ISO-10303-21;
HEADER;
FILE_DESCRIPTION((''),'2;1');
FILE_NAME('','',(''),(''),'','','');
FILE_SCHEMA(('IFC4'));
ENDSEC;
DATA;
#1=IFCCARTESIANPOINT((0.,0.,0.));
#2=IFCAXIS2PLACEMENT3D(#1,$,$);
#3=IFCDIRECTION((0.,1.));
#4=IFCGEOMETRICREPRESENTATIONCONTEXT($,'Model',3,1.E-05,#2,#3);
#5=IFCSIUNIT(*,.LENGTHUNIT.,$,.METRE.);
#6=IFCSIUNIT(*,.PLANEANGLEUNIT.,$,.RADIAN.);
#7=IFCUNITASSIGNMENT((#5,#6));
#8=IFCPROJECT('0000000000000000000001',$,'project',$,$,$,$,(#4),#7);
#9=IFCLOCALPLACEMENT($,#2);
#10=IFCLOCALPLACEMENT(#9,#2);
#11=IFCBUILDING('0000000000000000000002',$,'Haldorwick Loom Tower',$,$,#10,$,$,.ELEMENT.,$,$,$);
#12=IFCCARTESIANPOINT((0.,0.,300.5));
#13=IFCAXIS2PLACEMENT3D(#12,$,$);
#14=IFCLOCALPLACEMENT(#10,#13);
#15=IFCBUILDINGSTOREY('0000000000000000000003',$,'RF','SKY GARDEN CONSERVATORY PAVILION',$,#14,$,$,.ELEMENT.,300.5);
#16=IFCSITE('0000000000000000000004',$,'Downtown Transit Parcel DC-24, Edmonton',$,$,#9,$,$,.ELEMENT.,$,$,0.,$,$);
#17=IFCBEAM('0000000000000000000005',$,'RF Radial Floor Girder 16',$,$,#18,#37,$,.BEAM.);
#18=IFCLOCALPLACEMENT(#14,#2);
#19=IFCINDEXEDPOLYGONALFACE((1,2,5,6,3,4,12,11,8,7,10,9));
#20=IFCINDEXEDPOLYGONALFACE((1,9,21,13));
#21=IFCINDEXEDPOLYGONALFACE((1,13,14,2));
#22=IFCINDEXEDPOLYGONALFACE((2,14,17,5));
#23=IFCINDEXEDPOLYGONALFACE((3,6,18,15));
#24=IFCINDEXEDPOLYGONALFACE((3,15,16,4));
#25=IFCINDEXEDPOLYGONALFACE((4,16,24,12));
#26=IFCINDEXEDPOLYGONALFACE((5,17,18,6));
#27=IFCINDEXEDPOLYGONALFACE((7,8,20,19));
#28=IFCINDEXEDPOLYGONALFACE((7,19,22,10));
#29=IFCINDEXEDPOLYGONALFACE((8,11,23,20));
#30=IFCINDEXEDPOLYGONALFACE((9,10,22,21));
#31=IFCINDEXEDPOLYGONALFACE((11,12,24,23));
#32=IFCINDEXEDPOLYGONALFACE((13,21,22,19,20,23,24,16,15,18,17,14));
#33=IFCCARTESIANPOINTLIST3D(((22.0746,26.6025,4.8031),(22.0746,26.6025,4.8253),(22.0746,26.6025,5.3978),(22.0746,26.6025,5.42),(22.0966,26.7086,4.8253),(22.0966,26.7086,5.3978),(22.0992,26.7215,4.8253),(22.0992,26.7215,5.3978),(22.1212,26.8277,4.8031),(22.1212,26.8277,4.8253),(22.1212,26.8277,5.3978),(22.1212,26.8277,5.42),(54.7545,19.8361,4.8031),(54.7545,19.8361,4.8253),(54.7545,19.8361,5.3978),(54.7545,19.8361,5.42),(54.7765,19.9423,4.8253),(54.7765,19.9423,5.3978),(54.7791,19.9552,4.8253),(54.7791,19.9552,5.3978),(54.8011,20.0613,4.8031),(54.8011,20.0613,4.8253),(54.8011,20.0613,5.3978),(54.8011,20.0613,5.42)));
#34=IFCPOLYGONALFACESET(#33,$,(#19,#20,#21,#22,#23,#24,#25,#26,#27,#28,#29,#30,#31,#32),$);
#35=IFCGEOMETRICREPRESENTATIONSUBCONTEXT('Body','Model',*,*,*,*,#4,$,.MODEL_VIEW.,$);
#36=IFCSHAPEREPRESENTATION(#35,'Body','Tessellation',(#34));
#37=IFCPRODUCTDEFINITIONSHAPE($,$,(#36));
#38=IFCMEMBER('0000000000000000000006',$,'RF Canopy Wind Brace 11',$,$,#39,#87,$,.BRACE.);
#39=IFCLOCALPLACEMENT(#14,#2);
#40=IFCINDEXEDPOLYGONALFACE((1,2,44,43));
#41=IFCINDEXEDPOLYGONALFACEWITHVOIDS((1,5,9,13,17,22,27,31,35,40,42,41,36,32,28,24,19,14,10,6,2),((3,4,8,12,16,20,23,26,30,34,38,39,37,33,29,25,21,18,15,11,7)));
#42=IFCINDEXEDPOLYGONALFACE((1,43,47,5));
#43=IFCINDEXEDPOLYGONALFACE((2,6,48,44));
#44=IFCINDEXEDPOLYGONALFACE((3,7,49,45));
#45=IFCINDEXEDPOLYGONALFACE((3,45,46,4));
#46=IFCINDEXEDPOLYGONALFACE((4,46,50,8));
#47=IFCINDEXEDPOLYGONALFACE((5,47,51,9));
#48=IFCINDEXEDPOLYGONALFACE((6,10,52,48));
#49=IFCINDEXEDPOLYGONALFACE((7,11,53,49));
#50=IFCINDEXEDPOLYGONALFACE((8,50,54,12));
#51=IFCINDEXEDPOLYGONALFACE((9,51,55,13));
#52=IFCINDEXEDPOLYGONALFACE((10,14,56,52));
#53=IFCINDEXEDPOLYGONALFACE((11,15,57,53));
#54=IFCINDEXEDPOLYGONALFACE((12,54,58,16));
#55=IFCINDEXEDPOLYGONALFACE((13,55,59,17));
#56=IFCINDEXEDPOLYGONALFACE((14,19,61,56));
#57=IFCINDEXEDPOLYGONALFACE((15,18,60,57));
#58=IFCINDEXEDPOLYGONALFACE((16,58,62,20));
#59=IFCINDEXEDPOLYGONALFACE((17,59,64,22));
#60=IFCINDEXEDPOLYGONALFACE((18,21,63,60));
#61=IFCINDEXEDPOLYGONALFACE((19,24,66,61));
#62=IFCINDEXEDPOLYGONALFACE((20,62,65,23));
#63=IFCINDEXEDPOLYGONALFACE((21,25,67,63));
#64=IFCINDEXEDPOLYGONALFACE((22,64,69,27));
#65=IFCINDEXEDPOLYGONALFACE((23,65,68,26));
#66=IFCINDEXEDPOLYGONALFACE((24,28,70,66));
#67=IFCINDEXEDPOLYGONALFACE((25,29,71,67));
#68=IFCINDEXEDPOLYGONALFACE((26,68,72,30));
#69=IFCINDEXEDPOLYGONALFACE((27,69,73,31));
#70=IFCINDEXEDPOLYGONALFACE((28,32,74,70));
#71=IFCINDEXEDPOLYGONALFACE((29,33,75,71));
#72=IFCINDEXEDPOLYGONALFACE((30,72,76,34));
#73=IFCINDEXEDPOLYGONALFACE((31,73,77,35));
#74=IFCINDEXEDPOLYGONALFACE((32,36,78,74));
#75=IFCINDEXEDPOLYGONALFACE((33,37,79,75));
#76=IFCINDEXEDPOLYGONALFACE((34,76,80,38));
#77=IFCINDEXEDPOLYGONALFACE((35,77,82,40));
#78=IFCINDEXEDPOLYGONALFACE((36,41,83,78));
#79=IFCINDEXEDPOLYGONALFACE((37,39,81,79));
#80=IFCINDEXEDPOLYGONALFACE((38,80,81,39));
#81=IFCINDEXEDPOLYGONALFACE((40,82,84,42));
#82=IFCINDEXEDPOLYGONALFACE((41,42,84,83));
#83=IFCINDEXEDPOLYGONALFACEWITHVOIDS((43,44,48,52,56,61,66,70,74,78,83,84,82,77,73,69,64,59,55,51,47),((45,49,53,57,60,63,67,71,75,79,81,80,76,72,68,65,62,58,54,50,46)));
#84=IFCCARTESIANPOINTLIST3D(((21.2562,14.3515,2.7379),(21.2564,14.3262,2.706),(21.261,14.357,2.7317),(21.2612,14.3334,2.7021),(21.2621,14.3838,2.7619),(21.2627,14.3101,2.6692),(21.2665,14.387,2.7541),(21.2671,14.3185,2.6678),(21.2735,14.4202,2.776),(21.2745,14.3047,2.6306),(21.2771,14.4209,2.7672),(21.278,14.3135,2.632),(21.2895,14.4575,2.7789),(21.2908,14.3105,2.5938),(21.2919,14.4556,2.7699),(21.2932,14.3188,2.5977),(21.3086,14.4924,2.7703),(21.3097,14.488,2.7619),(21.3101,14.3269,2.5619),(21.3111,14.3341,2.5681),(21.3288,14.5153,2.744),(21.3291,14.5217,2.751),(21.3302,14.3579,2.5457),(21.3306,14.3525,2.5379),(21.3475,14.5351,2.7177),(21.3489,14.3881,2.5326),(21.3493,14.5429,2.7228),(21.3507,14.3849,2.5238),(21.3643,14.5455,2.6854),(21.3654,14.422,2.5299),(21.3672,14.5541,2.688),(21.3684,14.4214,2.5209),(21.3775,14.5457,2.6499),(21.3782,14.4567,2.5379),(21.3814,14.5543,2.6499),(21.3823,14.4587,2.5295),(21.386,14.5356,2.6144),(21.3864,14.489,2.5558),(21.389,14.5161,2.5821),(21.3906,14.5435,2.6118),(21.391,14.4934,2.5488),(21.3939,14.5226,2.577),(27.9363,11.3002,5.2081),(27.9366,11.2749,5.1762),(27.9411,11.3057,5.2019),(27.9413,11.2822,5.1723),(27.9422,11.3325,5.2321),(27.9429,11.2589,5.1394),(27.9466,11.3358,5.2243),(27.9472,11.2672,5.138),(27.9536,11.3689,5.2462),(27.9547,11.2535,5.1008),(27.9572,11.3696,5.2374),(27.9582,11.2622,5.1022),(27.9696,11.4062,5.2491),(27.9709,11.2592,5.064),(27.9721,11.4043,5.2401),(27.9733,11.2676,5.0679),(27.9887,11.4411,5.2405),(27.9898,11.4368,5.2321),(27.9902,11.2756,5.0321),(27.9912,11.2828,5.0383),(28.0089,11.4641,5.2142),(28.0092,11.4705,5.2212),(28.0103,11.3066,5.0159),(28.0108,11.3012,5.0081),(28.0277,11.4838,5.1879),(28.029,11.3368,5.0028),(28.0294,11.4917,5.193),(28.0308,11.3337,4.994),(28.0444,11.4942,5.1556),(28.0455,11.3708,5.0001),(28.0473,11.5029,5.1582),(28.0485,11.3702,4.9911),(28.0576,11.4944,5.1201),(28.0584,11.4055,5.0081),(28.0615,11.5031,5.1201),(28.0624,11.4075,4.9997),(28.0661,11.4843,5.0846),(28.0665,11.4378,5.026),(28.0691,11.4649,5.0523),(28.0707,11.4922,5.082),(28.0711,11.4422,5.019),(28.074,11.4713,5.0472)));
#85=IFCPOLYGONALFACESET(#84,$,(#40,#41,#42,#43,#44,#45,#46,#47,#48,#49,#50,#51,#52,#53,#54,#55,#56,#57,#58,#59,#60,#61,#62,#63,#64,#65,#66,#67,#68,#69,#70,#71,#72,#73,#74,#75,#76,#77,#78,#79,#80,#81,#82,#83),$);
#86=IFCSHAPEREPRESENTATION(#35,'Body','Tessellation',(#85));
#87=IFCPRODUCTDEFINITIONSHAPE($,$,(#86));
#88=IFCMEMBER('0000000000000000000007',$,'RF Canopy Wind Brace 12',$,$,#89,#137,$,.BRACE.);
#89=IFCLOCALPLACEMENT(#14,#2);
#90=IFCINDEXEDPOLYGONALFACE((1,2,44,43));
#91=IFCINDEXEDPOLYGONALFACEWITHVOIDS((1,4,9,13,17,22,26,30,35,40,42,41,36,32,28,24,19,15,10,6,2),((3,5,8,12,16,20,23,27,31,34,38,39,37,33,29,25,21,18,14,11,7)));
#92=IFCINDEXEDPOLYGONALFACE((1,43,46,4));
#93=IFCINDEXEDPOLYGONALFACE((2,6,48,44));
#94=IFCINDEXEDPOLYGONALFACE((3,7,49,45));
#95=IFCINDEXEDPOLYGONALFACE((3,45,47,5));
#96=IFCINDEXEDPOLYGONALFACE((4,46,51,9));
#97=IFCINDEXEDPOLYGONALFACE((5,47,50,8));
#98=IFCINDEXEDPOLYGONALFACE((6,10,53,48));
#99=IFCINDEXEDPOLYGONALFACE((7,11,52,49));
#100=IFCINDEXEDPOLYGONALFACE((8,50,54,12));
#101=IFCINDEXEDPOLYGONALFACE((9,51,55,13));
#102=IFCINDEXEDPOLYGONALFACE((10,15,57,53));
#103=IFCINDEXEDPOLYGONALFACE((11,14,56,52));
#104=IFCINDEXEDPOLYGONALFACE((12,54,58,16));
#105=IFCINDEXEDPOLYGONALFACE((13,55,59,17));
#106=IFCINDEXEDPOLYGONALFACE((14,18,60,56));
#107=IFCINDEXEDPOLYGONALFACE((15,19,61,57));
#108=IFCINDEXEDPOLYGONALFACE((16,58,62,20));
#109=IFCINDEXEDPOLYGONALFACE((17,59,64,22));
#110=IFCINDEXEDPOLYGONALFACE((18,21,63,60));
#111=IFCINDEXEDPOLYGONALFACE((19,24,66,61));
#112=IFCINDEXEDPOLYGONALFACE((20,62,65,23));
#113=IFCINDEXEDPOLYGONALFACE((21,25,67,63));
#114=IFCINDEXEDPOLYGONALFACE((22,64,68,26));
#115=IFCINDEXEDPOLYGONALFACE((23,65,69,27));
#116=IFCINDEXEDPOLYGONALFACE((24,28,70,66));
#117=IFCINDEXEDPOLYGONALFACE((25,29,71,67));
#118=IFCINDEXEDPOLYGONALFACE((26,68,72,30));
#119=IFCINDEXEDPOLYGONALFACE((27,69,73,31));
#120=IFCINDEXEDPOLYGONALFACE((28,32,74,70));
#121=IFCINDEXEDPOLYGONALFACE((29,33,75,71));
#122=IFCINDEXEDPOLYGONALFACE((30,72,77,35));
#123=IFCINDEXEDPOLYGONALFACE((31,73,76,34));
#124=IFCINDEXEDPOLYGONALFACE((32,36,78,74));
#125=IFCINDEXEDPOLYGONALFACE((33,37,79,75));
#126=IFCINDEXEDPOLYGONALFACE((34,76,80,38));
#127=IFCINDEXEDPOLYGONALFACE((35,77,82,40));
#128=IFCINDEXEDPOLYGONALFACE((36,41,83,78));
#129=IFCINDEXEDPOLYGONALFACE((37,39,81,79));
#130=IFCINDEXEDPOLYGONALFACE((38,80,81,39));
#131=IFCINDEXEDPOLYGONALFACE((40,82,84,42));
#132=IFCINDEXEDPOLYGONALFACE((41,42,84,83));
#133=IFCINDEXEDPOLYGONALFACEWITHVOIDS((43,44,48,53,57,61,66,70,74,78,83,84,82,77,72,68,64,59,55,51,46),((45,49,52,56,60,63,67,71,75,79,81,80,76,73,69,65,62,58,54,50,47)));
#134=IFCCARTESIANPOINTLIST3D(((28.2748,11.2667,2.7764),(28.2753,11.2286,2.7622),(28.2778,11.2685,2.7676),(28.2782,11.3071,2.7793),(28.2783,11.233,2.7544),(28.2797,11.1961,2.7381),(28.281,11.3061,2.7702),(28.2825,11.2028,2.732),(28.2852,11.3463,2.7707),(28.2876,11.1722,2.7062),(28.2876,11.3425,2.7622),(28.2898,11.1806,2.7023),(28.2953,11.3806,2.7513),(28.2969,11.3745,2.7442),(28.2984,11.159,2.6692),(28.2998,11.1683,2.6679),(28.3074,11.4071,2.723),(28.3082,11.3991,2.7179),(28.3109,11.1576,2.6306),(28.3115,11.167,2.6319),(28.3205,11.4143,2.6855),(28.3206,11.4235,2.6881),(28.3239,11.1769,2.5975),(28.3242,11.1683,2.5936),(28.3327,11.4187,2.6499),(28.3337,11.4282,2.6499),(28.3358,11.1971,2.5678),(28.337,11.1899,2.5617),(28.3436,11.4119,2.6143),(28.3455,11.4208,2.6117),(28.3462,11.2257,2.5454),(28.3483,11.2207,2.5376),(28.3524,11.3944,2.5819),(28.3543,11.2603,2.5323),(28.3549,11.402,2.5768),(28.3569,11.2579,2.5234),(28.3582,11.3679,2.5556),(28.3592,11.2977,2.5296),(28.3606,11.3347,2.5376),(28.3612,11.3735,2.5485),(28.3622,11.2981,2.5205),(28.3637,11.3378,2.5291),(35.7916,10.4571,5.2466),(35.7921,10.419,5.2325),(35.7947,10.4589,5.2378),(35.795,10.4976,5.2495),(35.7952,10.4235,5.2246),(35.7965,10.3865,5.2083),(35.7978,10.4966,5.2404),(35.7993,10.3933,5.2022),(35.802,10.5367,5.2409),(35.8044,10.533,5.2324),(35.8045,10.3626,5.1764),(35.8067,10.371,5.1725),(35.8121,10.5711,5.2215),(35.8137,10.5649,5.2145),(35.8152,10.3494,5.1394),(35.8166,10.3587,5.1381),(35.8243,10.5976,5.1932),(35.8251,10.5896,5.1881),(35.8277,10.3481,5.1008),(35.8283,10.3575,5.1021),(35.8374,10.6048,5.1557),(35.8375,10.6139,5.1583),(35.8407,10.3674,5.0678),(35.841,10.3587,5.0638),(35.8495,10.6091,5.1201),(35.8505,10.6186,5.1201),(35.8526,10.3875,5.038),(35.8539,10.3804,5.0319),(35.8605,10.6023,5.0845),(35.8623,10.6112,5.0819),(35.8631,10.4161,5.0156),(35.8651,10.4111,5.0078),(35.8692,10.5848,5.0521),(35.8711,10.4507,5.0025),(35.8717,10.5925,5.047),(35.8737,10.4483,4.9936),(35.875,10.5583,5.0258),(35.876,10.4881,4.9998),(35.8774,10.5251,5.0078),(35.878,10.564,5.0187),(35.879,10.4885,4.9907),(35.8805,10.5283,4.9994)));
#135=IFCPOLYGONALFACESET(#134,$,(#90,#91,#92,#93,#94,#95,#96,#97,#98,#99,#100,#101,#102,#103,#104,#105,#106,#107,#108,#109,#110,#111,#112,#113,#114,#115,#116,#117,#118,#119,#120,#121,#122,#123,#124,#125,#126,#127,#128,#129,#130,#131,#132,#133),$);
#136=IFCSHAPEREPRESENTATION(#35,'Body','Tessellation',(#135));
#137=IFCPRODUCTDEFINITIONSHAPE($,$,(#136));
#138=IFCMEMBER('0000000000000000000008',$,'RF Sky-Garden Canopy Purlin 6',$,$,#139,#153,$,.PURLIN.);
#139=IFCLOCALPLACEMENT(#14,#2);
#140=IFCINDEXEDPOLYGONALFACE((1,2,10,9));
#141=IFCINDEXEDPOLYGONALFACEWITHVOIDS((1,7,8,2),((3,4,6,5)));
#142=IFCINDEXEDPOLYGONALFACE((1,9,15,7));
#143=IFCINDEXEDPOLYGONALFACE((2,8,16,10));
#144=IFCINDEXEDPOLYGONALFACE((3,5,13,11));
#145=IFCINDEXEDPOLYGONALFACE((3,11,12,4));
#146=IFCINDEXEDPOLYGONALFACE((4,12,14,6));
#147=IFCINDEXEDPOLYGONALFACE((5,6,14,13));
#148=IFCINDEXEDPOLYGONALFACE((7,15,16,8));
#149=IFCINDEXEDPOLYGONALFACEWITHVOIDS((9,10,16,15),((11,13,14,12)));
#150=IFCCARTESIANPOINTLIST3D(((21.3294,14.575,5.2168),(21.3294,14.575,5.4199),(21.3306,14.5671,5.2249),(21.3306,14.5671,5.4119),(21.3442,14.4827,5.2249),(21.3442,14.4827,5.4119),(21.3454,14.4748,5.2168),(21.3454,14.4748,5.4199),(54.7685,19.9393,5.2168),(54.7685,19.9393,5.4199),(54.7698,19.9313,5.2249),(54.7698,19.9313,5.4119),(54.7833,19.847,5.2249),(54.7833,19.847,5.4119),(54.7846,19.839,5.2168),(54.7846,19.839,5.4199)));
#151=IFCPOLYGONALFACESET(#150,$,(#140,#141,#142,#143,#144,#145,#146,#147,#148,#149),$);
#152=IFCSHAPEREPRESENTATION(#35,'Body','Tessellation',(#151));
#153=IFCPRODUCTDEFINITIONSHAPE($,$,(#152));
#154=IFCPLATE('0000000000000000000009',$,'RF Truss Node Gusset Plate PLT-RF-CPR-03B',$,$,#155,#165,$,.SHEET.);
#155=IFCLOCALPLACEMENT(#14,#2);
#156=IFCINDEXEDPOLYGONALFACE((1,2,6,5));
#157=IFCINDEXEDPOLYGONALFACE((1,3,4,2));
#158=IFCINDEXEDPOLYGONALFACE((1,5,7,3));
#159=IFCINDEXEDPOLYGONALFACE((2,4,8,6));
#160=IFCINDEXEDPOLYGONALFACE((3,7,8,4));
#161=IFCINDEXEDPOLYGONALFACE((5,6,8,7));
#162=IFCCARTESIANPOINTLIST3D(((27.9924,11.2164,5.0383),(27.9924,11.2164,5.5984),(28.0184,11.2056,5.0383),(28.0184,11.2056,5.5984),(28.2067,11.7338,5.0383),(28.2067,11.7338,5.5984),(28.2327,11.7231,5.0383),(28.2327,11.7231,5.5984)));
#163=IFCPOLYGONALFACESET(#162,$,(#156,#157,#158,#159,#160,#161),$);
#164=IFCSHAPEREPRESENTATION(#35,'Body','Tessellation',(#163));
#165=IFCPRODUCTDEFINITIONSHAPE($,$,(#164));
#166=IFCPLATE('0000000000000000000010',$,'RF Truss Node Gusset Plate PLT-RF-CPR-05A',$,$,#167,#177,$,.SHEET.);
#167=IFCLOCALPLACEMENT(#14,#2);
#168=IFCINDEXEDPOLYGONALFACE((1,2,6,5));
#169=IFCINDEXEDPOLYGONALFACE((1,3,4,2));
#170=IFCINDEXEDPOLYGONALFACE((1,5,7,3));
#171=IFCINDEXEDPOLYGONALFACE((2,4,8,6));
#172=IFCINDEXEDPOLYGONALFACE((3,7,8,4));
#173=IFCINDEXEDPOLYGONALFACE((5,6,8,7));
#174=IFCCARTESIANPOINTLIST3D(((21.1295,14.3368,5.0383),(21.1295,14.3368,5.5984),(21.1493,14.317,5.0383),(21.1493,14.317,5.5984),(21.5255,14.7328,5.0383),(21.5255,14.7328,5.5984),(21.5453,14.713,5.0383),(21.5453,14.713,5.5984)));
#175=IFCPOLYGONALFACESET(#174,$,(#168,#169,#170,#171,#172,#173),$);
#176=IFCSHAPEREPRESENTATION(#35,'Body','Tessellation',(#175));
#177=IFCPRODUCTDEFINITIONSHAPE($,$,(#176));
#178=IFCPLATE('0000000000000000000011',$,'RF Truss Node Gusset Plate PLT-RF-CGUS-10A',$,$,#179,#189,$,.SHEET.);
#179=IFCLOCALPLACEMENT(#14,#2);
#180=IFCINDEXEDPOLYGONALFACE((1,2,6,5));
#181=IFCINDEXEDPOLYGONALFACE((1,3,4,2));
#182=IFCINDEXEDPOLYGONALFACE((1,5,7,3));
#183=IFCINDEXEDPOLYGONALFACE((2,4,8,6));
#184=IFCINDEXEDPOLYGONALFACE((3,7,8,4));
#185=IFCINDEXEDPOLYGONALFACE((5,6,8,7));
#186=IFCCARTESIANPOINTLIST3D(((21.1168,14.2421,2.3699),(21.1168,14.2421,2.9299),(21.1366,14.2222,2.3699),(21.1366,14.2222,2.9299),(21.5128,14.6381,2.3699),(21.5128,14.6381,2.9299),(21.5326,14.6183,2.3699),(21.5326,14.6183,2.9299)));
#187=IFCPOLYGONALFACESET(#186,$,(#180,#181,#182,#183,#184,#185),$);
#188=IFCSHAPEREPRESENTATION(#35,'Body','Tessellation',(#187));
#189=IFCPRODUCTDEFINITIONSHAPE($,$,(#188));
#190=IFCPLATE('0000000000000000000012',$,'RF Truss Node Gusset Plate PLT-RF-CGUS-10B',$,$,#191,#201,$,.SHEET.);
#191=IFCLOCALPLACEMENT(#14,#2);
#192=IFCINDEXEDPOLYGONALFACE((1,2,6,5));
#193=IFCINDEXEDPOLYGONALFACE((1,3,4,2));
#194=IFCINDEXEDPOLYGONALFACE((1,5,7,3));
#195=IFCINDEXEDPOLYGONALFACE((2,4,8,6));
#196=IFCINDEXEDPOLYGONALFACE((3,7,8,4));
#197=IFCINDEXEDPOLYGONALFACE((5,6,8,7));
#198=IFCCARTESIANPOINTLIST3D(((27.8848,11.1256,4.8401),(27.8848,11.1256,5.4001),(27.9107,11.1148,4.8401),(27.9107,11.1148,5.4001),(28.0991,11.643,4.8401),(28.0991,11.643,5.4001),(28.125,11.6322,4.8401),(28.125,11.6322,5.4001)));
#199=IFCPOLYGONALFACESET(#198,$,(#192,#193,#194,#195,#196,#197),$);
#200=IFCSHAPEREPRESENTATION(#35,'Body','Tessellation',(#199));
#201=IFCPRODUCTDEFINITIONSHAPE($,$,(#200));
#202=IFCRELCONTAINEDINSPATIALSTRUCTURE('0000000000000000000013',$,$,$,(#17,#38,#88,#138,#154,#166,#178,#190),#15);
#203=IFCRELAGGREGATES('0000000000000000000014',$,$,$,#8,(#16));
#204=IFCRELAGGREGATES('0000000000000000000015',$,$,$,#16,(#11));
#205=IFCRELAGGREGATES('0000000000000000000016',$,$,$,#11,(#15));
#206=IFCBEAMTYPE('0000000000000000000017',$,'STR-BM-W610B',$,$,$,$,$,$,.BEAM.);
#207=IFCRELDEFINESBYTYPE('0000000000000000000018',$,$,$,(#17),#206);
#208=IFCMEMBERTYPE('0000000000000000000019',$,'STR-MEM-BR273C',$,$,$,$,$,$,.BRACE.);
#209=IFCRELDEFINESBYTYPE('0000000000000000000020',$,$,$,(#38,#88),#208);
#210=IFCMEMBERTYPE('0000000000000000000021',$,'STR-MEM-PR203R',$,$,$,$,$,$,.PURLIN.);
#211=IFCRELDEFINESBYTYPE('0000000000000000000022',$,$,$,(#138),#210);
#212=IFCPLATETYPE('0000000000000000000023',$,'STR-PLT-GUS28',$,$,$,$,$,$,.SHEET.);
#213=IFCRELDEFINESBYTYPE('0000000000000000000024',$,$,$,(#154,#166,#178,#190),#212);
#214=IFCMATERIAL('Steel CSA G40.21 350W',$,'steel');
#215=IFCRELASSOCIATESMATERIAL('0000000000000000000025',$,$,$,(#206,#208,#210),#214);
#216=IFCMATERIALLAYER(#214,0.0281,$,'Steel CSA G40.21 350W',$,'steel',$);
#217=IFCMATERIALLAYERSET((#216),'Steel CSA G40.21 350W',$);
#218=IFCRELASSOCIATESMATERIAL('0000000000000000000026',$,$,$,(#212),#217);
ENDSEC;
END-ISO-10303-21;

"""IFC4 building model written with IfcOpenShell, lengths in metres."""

from ifc_helpers import new_model, si_unit, direction, frame, origin, origin_2d, place, context, subcontext, project, spatial, rectangle, hollow_rectangle, hollow_circle, i_section, extrude, material, layer, layer_set, material_profile, profile_set, type_object, element, save


model = new_model("IFC4")

# Units and contexts
model_context = context("Model", 3, precision=1e-05, world=origin(), true_north=direction((0.0, 1.0)))
body_context = subcontext(model_context, "Body", "Model", "MODEL_VIEW")
ifc_project = project(units=[si_unit("LENGTHUNIT", "METRE"), si_unit("PLANEANGLEUNIT", "RADIAN")], contexts=[model_context])

# Site, building, storey
site_placement = place(None, origin())
site = spatial("IfcSite", under=ifc_project, at=site_placement, Name="Downtown Transit Parcel DC-24, Edmonton", CompositionType="ELEMENT", RefElevation=0.0)
building_placement = place(site_placement, origin())
building = spatial("IfcBuilding", under=site, at=building_placement, Name="Haldorwick Loom Tower", CompositionType="ELEMENT")
storey_placement = place(building_placement, frame((0.0, 0.0, 300.5)))
storey = spatial("IfcBuildingStorey", under=building, at=storey_placement, Name="RF", Description="SKY GARDEN CONSERVATORY PAVILION", CompositionType="ELEMENT", Elevation=300.5)

# Shared definitions
ifc_material_1 = material(Name="Steel CSA G40.21 350W", Category="steel")

# Beam
ifc_material_profile_1 = material_profile(ifc_material_1, i_section(OverallWidth=0.23, OverallDepth=0.6169, WebThickness=0.0132, FlangeThickness=0.0222, at=origin_2d()), Name="W610X140", Category="steel")
ifc_profile_set_1 = profile_set([ifc_material_profile_1], Name="Steel CSA G40.21 350W")
beam_type_1 = type_object("IfcBeamType", Name="STR-BM-W610B", PredefinedType="BEAM", material=ifc_profile_set_1)
beam_1_placement = place(storey_placement, frame((22.0979, 26.7151, 5.1116), z_axis=(0.979231, -0.202749, 0.0), x_axis=(0.202749, 0.979231, 0.0)))
element("IfcBeam", 1, at=beam_1_placement, inside=storey, type_object=beam_type_1, Name="RF Radial Floor Girder 16", PredefinedType="BEAM", context=body_context, shape_type="SweptSolid", body=[
    extrude(i_section(OverallWidth=0.23, OverallDepth=0.6169, WebThickness=0.0132, FlangeThickness=0.0222, at=origin_2d()), origin(), (0.0, 0.0, 1.0), 33.373),
])

# Members
ifc_material_profile_2 = material_profile(ifc_material_1, hollow_circle(Radius=0.1365, WallThickness=0.0095, at=origin_2d()), Name="HSS273X10", Category="steel")
ifc_profile_set_2 = profile_set([ifc_material_profile_2], Name="Steel CSA G40.21 350W")
member_type_1 = type_object("IfcMemberType", Name="STR-MEM-BR273C", PredefinedType="BRACE", material=ifc_profile_set_2)
member_1_placement = place(storey_placement, frame((21.3247, 14.4302, 2.6499), z_axis=(0.862142, -0.393796, 0.318805), x_axis=(0.415475, 0.909604, 0.0)))
element("IfcMember", 2, at=member_1_placement, inside=storey, type_object=member_type_1, Name="RF Canopy Wind Brace 11", PredefinedType="BRACE", context=body_context, shape_type="SweptSolid", body=[
    extrude(hollow_circle(Radius=0.1365, WallThickness=0.0095, at=origin_2d()), origin(), (0.0, 0.0, 1.0), 7.7483),
])
member_2_placement = place(storey_placement, frame((28.3191, 11.2925, 2.6499), z_axis=(0.945083, -0.101786, 0.310577), x_axis=(0.107082, 0.99425, 0.0)))
element("IfcMember", 3, at=member_2_placement, inside=storey, type_object=member_type_1, Name="RF Canopy Wind Brace 12", PredefinedType="BRACE", context=body_context, shape_type="SweptSolid", body=[
    extrude(hollow_circle(Radius=0.1365, WallThickness=0.0095, at=origin_2d()), origin(), (0.0, 0.0, 1.0), 7.9536),
])
ifc_material_profile_3 = material_profile(ifc_material_1, hollow_rectangle(XDim=0.1016, YDim=0.2031, WallThickness=0.0081, at=origin_2d()), Name="HSS203X102X8", Category="steel")
ifc_profile_set_3 = profile_set([ifc_material_profile_3], Name="Steel CSA G40.21 350W")
member_type_2 = type_object("IfcMemberType", Name="STR-MEM-PR203R", PredefinedType="PURLIN", material=ifc_profile_set_3)
member_3_placement = place(storey_placement, frame((21.3374, 14.5249, 5.3184), z_axis=(0.987376, 0.158393, 0.0), x_axis=(-0.158393, 0.987376, 0.0)))
element("IfcMember", 4, at=member_3_placement, inside=storey, type_object=member_type_2, Name="RF Sky-Garden Canopy Purlin 6", PredefinedType="PURLIN", context=body_context, shape_type="SweptSolid", body=[
    extrude(hollow_rectangle(XDim=0.1016, YDim=0.2031, WallThickness=0.0081, at=origin_2d()), origin(), (0.0, 0.0, 1.0), 33.8667),
])

# Plates
ifc_layer = layer(ifc_material_1, 0.0281, Name="Steel CSA G40.21 350W", Category="steel")
ifc_layer_set = layer_set([ifc_layer], Name="Steel CSA G40.21 350W")
plate_type = type_object("IfcPlateType", Name="STR-PLT-GUS28", PredefinedType="SHEET", material=ifc_layer_set)
for number, where, z_axis, x_axis, name in (
    (5, (28.1125, 11.4697, 5.0383), (0.0, 0.0, 1.0), (-0.382683, -0.92388, 0.0), "RF Truss Node Gusset Plate PLT-RF-CPR-03B"),
    (6, (21.3374, 14.5249, 5.0383), (0.0, 0.0, 1.0), (-0.707107, -0.707107, 0.0), "RF Truss Node Gusset Plate PLT-RF-CPR-05A"),
    (7, (21.3247, 14.4302, 2.3699), (0.0, 0.0, 1.0), (-0.707107, -0.707107, 0.0), "RF Truss Node Gusset Plate PLT-RF-CGUS-10A"),
    (8, (28.0049, 11.3789, 4.8401), (0.0, 0.0, 1.0), (-0.382683, -0.92388, 0.0), "RF Truss Node Gusset Plate PLT-RF-CGUS-10B"),
):
    element("IfcPlate", number, at=place(storey_placement, frame(where, z_axis=z_axis, x_axis=x_axis)), inside=storey, type_object=plate_type, Name=name, PredefinedType="SHEET", context=body_context, shape_type="SweptSolid", body=[
        extrude(rectangle(XDim=0.5601, YDim=0.0281, at=origin_2d()), origin(), (0.0, 0.0, 1.0), 0.5601),
    ])

save(model, "model.ifc")
